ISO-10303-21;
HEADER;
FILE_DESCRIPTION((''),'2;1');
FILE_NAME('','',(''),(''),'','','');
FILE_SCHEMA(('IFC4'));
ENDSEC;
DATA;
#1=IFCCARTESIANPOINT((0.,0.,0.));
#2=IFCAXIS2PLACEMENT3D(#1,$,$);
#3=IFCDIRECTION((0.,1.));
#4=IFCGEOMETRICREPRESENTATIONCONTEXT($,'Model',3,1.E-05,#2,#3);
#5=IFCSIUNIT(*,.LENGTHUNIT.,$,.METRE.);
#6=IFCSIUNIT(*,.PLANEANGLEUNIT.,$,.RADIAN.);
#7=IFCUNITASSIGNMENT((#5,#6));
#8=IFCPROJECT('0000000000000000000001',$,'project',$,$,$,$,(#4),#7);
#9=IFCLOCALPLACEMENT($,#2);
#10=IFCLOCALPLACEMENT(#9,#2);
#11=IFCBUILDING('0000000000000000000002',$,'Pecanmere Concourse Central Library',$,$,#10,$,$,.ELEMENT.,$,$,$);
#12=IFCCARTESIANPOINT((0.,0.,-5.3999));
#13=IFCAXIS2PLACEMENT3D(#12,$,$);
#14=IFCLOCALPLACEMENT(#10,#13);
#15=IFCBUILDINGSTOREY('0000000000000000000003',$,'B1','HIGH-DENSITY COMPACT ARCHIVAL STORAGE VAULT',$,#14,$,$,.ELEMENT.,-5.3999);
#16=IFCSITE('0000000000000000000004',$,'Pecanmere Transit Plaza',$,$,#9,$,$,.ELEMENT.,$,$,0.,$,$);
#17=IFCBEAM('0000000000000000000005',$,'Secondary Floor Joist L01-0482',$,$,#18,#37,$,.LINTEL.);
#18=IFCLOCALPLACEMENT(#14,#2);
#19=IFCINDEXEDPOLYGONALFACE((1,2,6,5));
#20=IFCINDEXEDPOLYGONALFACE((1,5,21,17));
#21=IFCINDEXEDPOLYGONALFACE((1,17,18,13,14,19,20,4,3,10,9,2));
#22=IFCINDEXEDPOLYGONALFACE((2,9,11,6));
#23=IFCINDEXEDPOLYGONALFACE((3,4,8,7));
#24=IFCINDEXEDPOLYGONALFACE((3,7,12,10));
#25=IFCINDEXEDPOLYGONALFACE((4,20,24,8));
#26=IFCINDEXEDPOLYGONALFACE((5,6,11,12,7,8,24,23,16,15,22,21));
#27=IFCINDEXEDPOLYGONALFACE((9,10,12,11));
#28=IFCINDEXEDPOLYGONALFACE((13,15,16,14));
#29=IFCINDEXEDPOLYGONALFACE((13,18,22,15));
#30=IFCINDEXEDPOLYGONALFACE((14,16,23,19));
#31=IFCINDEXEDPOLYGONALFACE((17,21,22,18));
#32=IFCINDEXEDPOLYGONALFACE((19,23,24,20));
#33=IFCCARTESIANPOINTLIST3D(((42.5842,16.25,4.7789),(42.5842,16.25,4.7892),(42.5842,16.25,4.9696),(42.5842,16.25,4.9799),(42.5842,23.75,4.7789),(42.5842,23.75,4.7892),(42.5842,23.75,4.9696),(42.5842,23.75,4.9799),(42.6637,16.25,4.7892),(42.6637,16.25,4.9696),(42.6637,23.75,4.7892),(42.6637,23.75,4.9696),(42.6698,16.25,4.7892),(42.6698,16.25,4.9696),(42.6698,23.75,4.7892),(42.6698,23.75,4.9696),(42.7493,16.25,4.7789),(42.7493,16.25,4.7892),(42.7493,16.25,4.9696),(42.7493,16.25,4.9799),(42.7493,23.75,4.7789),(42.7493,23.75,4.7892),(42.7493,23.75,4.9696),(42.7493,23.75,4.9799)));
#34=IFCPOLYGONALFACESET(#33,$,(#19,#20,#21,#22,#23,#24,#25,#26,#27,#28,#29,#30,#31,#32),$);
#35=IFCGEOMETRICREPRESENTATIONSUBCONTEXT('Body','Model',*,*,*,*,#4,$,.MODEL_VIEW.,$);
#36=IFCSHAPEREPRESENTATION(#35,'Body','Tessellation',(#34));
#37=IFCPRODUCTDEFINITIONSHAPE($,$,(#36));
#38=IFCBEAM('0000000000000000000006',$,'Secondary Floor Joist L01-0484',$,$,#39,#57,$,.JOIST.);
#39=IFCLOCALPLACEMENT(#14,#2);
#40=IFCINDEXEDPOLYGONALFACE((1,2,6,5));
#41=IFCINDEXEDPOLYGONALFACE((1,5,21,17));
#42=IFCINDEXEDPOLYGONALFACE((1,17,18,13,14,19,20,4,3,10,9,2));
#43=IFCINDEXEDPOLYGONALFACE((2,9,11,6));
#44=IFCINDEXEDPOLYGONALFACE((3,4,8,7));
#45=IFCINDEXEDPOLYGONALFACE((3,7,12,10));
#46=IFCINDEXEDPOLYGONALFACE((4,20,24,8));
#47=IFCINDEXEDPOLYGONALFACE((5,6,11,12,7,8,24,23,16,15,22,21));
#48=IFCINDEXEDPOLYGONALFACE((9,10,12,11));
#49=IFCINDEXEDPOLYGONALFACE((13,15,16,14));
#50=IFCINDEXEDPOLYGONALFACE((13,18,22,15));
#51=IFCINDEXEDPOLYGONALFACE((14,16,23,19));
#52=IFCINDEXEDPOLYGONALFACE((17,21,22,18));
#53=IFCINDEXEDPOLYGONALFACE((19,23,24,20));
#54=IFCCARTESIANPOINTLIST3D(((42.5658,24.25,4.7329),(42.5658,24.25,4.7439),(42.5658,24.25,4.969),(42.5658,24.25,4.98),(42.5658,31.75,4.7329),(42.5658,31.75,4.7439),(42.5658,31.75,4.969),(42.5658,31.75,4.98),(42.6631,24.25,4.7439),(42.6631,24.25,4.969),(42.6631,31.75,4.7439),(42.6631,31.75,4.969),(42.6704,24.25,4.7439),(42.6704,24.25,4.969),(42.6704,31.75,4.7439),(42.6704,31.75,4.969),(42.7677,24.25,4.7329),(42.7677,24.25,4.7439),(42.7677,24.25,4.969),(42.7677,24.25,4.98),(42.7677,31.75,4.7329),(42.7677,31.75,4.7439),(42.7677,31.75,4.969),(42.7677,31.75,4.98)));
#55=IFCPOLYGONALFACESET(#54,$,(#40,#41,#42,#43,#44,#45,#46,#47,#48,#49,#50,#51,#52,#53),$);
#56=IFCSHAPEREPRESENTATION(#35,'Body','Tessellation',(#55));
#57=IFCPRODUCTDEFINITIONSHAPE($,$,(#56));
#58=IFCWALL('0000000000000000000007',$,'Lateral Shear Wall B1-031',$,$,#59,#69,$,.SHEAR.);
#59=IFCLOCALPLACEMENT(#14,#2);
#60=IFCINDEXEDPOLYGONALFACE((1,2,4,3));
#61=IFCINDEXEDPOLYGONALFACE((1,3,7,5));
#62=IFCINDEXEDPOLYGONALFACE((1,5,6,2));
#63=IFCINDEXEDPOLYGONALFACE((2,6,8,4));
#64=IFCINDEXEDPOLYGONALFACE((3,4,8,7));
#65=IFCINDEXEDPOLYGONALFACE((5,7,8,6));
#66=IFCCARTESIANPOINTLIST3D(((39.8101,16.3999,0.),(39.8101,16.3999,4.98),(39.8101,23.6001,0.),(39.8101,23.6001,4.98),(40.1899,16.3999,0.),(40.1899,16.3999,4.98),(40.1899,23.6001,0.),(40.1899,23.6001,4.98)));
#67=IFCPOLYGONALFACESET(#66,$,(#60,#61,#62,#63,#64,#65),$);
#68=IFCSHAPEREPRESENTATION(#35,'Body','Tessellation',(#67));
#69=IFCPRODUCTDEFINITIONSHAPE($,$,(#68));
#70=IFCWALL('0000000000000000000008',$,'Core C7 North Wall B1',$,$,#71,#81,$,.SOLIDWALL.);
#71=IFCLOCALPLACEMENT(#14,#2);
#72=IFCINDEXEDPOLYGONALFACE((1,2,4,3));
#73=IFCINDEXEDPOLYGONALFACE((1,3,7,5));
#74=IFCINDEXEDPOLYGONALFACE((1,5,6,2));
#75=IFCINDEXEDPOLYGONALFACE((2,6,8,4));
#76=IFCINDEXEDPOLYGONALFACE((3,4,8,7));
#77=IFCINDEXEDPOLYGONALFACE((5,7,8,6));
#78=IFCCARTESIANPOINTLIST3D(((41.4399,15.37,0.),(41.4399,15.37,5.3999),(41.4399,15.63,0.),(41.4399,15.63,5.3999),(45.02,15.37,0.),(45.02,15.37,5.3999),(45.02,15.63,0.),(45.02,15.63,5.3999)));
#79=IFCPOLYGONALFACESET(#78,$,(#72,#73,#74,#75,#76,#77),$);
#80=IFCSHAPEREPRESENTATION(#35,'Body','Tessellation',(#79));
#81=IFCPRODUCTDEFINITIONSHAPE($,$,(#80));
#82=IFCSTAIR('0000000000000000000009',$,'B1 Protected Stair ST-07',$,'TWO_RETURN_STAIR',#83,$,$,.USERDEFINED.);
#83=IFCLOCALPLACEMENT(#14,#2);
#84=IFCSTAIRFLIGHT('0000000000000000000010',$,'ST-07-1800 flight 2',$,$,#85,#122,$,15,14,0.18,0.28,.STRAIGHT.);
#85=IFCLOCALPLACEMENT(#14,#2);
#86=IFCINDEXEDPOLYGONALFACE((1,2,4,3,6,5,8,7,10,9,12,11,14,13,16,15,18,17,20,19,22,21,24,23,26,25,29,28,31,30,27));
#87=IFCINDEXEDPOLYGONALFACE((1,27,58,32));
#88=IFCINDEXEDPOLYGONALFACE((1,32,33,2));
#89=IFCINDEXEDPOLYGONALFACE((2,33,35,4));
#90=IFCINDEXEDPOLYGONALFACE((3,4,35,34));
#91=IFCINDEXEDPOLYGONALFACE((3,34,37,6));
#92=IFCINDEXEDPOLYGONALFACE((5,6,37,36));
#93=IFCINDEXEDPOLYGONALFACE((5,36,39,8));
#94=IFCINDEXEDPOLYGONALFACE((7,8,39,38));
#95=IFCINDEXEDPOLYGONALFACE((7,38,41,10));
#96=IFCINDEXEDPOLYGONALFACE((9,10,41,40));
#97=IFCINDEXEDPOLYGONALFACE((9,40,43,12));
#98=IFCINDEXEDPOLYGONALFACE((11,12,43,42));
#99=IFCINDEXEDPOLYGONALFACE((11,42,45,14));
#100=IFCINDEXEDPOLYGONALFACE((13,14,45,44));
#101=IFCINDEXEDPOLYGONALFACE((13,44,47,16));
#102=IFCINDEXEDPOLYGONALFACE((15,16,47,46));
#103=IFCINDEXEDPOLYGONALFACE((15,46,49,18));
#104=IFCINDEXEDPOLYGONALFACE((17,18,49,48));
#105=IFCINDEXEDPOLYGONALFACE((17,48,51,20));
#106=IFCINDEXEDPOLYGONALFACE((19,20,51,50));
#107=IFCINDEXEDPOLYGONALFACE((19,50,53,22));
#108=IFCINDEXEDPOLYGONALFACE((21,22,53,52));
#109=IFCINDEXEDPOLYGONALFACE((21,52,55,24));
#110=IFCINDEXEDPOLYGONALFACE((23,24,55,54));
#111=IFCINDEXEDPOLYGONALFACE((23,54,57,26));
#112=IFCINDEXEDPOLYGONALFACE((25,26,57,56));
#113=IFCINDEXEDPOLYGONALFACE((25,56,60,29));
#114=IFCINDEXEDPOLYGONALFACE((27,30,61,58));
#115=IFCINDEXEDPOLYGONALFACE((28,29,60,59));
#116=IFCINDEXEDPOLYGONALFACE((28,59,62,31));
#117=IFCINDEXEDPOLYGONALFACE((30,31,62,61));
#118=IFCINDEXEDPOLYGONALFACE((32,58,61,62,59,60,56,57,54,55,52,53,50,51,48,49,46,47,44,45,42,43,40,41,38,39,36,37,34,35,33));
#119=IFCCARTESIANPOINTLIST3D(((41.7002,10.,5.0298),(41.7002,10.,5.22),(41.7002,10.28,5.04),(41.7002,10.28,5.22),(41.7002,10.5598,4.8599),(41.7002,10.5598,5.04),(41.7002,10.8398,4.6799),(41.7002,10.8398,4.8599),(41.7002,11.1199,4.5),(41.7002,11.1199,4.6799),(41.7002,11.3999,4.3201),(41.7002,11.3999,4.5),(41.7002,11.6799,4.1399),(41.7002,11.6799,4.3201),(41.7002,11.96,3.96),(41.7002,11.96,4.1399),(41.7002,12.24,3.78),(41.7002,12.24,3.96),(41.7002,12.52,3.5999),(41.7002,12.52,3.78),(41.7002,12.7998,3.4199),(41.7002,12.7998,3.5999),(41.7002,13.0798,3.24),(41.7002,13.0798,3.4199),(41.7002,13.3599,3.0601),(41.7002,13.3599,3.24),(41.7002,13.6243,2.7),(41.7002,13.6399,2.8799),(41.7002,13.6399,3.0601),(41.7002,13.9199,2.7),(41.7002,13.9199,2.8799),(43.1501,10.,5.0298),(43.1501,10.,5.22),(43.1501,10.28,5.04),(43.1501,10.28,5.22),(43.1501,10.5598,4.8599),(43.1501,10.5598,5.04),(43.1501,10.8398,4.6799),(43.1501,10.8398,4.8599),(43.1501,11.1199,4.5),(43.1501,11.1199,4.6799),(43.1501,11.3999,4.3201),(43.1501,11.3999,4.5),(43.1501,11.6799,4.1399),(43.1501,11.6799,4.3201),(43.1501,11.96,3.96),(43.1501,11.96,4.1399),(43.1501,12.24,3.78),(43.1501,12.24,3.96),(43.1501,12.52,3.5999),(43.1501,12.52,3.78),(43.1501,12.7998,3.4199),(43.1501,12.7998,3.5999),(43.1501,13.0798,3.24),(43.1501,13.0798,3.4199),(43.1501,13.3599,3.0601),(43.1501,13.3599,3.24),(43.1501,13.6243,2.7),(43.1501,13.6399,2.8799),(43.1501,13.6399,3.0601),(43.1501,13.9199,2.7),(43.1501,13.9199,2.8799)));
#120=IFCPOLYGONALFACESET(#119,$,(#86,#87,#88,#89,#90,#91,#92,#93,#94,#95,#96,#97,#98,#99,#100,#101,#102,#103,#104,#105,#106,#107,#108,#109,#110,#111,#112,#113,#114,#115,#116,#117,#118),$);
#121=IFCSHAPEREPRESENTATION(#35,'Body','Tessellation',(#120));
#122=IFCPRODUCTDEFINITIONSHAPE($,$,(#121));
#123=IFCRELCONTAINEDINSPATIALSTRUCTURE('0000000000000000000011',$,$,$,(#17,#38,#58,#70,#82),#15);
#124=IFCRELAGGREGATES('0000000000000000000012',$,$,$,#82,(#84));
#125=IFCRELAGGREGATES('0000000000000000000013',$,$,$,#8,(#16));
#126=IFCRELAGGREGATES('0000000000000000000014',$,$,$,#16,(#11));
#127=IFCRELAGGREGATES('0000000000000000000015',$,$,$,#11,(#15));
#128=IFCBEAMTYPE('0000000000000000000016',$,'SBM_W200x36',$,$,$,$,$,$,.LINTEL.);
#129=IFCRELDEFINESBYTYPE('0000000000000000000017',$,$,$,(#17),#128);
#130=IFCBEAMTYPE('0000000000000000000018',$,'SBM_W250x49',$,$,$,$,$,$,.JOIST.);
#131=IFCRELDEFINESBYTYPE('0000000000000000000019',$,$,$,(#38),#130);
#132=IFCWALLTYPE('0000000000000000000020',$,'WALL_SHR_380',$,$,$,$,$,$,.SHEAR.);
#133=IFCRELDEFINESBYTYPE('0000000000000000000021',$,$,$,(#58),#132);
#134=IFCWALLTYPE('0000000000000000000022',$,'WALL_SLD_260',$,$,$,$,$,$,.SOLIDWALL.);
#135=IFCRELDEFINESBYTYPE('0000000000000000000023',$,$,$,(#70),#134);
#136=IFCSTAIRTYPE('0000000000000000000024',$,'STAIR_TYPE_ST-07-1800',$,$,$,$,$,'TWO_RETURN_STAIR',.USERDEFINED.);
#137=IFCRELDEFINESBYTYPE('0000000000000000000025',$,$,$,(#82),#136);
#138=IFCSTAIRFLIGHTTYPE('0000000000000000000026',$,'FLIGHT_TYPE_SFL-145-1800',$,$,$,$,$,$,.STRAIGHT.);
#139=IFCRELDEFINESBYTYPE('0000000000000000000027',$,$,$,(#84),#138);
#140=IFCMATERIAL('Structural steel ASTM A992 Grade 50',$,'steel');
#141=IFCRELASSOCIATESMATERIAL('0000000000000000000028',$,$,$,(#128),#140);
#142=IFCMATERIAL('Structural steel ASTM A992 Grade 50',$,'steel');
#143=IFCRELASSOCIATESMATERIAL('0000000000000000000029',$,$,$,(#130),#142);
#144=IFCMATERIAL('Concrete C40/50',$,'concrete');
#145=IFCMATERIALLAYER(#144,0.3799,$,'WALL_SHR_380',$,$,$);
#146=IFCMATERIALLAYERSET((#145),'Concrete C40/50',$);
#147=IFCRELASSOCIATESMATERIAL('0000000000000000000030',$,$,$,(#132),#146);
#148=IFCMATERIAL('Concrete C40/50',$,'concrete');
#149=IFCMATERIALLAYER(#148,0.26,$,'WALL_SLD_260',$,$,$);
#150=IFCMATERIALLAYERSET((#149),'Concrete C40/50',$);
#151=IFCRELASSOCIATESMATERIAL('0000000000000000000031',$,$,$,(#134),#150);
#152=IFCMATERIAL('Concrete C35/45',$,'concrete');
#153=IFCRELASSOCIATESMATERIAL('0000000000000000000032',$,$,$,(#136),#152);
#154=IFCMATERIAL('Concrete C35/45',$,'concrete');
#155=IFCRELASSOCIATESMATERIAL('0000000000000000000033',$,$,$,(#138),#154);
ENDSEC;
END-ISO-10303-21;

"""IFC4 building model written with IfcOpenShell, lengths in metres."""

from ifc_helpers import new_model, si_unit, direction, frame, frame_2d, origin, origin_2d, place, context, subcontext, project, spatial, polyline, rectangle, i_section, outline, extrude, material, layer, layer_set, material_profile, profile_set, type_object, element, aggregate, save


model = new_model("IFC4")

# Units and contexts
model_context = context("Model", 3, precision=1e-05, world=origin(), true_north=direction((0.0, 1.0)))
body_context = subcontext(model_context, "Body", "Model", "MODEL_VIEW")
ifc_project = project(units=[si_unit("LENGTHUNIT", "METRE"), si_unit("PLANEANGLEUNIT", "RADIAN")], contexts=[model_context])

# Site, building, storey
site_placement = place(None, origin())
site = spatial("IfcSite", under=ifc_project, at=site_placement, Name="Pecanmere Transit Plaza", CompositionType="ELEMENT", RefElevation=0.0)
building_placement = place(site_placement, origin())
building = spatial("IfcBuilding", under=site, at=building_placement, Name="Pecanmere Concourse Central Library", CompositionType="ELEMENT")
storey_placement = place(building_placement, frame((0.0, 0.0, -5.3999)))
storey = spatial("IfcBuildingStorey", under=building, at=storey_placement, Name="B1", Description="HIGH-DENSITY COMPACT ARCHIVAL STORAGE VAULT", CompositionType="ELEMENT", Elevation=-5.3999)

# Beams
ifc_material_1 = material(Name="Structural steel ASTM A992 Grade 50", Category="steel")
ifc_material_profile_1 = material_profile(ifc_material_1, i_section(OverallWidth=0.165, OverallDepth=0.2009, WebThickness=0.0061, FlangeThickness=0.0103, at=origin_2d()), Name="W200x35.9")
ifc_profile_set_1 = profile_set([ifc_material_profile_1], Name="Structural steel ASTM A992 Grade 50")
beam_type_1 = type_object("IfcBeamType", Name="SBM_W200x36", PredefinedType="LINTEL", material=ifc_profile_set_1)
beam_1_placement = place(storey_placement, frame((42.6667, 16.25, 4.8794), z_axis=(0.0, 1.0, 0.0), x_axis=(-1.0, 0.0, 0.0)))
element("IfcBeam", 1, at=beam_1_placement, inside=storey, type_object=beam_type_1, Name="Secondary Floor Joist L01-0482", PredefinedType="LINTEL", context=body_context, shape_type="SweptSolid", body=[
    extrude(i_section(OverallWidth=0.165, OverallDepth=0.2009, WebThickness=0.0061, FlangeThickness=0.0103, at=origin_2d()), origin(), (0.0, 0.0, 1.0), 7.5),
])
ifc_material_2 = material(Name="Structural steel ASTM A992 Grade 50", Category="steel")
ifc_material_profile_2 = material_profile(ifc_material_2, i_section(OverallWidth=0.2019, OverallDepth=0.2471, WebThickness=0.0073, FlangeThickness=0.011, at=origin_2d()), Name="W250x49.1")
ifc_profile_set_2 = profile_set([ifc_material_profile_2], Name="Structural steel ASTM A992 Grade 50")
beam_type_2 = type_object("IfcBeamType", Name="SBM_W250x49", PredefinedType="JOIST", material=ifc_profile_set_2)
beam_2_placement = place(storey_placement, frame((42.6667, 24.25, 4.8564), z_axis=(0.0, 1.0, 0.0), x_axis=(-1.0, 0.0, 0.0)))
element("IfcBeam", 2, at=beam_2_placement, inside=storey, type_object=beam_type_2, Name="Secondary Floor Joist L01-0484", PredefinedType="JOIST", context=body_context, shape_type="SweptSolid", body=[
    extrude(i_section(OverallWidth=0.2019, OverallDepth=0.2471, WebThickness=0.0073, FlangeThickness=0.011, at=origin_2d()), origin(), (0.0, 0.0, 1.0), 7.5),
])

# Walls
ifc_material_3 = material(Name="Concrete C40/50", Category="concrete")
ifc_layer_1 = layer(ifc_material_3, 0.3799, Name="WALL_SHR_380")
ifc_layer_set_1 = layer_set([ifc_layer_1], Name="Concrete C40/50")
wall_type_1 = type_object("IfcWallType", Name="WALL_SHR_380", PredefinedType="SHEAR", material=ifc_layer_set_1)
wall_1_placement = place(storey_placement, frame((40.0, 16.3999, 0.0), z_axis=(0.0, 0.0, 1.0), x_axis=(0.0, 1.0, 0.0)))
element("IfcWall", 3, at=wall_1_placement, inside=storey, type_object=wall_type_1, Name="Lateral Shear Wall B1-031", PredefinedType="SHEAR", context=body_context, shape_type="SweptSolid", body=[
    extrude(rectangle(XDim=7.2002, YDim=0.3799, at=frame_2d((3.6001, 0.0))), origin(), (0.0, 0.0, 1.0), 4.98),
])
ifc_material_4 = material(Name="Concrete C40/50", Category="concrete")
ifc_layer_2 = layer(ifc_material_4, 0.26, Name="WALL_SLD_260")
ifc_layer_set_2 = layer_set([ifc_layer_2], Name="Concrete C40/50")
wall_type_2 = type_object("IfcWallType", Name="WALL_SLD_260", PredefinedType="SOLIDWALL", material=ifc_layer_set_2)
wall_2_placement = place(storey_placement, frame((41.4399, 15.5, 0.0), z_axis=(0.0, 0.0, 1.0), x_axis=(1.0, 0.0, 0.0)))
element("IfcWall", 4, at=wall_2_placement, inside=storey, type_object=wall_type_2, Name="Core C7 North Wall B1", PredefinedType="SOLIDWALL", context=body_context, shape_type="SweptSolid", body=[
    extrude(rectangle(XDim=3.5801, YDim=0.26, at=frame_2d((1.79, 0.0))), origin(), (0.0, 0.0, 1.0), 5.3999),
])

# Stair, stair flight
ifc_material_5 = material(Name="Concrete C35/45", Category="concrete")
stair_type = type_object("IfcStairType", Name="STAIR_TYPE_ST-07-1800", ElementType="TWO_RETURN_STAIR", PredefinedType="USERDEFINED", material=ifc_material_5)
stair_placement = place(storey_placement, origin())
stair = element("IfcStair", 5, at=stair_placement, inside=storey, type_object=stair_type, Name="B1 Protected Stair ST-07", ObjectType="TWO_RETURN_STAIR", PredefinedType="USERDEFINED")
ifc_material_6 = material(Name="Concrete C35/45", Category="concrete")
stair_flight_type = type_object("IfcStairFlightType", Name="FLIGHT_TYPE_SFL-145-1800", PredefinedType="STRAIGHT", material=ifc_material_6)
stair_flight_placement = place(storey_placement, frame((42.425, 13.9199, 2.7), z_axis=(0.0, 0.0, 1.0), x_axis=(0.0, -1.0, 0.0)))
stair_flight = element("IfcStairFlight", 6, at=stair_flight_placement, type_object=stair_flight_type, Name="ST-07-1800 flight 2", NumberOfRisers=15, NumberOfTreads=14, PredefinedType="STRAIGHT", RiserHeight=0.18, TreadLength=0.28, context=body_context, shape_type="SweptSolid", body=[
    extrude(outline(polyline([(0.0, 0.0), (0.0, 0.1799), (0.28, 0.1799), (0.28, 0.3601), (0.5601, 0.3601), (0.5601, 0.54), (0.8401, 0.54), (0.8401, 0.72), (1.1201, 0.72), (1.1201, 0.8999), (1.3999, 0.8999), (1.3999, 1.0801), (1.6799, 1.0801), (1.6799, 1.26), (1.96, 1.26), (1.96, 1.4399), (2.24, 1.4399), (2.24, 1.6201), (2.52, 1.6201), (2.52, 1.8), (2.8, 1.8), (2.8, 1.98), (3.0801, 1.98), (3.0801, 2.1599), (3.3601, 2.1599), (3.3601, 2.3401), (3.6399, 2.3401), (3.6399, 2.52), (3.9199, 2.52), (3.9199, 2.7), (3.9199, 2.3298), (0.2957, 0.0), (0.0, 0.0)])), frame((0.0, 0.7251, 0.0), z_axis=(0.0, -1.0, 0.0), x_axis=(1.0, 0.0, 0.0)), (0.0, 0.0, 1.0), 1.45),
])
aggregate(stair, [stair_flight])

save(model, "model.ifc")
